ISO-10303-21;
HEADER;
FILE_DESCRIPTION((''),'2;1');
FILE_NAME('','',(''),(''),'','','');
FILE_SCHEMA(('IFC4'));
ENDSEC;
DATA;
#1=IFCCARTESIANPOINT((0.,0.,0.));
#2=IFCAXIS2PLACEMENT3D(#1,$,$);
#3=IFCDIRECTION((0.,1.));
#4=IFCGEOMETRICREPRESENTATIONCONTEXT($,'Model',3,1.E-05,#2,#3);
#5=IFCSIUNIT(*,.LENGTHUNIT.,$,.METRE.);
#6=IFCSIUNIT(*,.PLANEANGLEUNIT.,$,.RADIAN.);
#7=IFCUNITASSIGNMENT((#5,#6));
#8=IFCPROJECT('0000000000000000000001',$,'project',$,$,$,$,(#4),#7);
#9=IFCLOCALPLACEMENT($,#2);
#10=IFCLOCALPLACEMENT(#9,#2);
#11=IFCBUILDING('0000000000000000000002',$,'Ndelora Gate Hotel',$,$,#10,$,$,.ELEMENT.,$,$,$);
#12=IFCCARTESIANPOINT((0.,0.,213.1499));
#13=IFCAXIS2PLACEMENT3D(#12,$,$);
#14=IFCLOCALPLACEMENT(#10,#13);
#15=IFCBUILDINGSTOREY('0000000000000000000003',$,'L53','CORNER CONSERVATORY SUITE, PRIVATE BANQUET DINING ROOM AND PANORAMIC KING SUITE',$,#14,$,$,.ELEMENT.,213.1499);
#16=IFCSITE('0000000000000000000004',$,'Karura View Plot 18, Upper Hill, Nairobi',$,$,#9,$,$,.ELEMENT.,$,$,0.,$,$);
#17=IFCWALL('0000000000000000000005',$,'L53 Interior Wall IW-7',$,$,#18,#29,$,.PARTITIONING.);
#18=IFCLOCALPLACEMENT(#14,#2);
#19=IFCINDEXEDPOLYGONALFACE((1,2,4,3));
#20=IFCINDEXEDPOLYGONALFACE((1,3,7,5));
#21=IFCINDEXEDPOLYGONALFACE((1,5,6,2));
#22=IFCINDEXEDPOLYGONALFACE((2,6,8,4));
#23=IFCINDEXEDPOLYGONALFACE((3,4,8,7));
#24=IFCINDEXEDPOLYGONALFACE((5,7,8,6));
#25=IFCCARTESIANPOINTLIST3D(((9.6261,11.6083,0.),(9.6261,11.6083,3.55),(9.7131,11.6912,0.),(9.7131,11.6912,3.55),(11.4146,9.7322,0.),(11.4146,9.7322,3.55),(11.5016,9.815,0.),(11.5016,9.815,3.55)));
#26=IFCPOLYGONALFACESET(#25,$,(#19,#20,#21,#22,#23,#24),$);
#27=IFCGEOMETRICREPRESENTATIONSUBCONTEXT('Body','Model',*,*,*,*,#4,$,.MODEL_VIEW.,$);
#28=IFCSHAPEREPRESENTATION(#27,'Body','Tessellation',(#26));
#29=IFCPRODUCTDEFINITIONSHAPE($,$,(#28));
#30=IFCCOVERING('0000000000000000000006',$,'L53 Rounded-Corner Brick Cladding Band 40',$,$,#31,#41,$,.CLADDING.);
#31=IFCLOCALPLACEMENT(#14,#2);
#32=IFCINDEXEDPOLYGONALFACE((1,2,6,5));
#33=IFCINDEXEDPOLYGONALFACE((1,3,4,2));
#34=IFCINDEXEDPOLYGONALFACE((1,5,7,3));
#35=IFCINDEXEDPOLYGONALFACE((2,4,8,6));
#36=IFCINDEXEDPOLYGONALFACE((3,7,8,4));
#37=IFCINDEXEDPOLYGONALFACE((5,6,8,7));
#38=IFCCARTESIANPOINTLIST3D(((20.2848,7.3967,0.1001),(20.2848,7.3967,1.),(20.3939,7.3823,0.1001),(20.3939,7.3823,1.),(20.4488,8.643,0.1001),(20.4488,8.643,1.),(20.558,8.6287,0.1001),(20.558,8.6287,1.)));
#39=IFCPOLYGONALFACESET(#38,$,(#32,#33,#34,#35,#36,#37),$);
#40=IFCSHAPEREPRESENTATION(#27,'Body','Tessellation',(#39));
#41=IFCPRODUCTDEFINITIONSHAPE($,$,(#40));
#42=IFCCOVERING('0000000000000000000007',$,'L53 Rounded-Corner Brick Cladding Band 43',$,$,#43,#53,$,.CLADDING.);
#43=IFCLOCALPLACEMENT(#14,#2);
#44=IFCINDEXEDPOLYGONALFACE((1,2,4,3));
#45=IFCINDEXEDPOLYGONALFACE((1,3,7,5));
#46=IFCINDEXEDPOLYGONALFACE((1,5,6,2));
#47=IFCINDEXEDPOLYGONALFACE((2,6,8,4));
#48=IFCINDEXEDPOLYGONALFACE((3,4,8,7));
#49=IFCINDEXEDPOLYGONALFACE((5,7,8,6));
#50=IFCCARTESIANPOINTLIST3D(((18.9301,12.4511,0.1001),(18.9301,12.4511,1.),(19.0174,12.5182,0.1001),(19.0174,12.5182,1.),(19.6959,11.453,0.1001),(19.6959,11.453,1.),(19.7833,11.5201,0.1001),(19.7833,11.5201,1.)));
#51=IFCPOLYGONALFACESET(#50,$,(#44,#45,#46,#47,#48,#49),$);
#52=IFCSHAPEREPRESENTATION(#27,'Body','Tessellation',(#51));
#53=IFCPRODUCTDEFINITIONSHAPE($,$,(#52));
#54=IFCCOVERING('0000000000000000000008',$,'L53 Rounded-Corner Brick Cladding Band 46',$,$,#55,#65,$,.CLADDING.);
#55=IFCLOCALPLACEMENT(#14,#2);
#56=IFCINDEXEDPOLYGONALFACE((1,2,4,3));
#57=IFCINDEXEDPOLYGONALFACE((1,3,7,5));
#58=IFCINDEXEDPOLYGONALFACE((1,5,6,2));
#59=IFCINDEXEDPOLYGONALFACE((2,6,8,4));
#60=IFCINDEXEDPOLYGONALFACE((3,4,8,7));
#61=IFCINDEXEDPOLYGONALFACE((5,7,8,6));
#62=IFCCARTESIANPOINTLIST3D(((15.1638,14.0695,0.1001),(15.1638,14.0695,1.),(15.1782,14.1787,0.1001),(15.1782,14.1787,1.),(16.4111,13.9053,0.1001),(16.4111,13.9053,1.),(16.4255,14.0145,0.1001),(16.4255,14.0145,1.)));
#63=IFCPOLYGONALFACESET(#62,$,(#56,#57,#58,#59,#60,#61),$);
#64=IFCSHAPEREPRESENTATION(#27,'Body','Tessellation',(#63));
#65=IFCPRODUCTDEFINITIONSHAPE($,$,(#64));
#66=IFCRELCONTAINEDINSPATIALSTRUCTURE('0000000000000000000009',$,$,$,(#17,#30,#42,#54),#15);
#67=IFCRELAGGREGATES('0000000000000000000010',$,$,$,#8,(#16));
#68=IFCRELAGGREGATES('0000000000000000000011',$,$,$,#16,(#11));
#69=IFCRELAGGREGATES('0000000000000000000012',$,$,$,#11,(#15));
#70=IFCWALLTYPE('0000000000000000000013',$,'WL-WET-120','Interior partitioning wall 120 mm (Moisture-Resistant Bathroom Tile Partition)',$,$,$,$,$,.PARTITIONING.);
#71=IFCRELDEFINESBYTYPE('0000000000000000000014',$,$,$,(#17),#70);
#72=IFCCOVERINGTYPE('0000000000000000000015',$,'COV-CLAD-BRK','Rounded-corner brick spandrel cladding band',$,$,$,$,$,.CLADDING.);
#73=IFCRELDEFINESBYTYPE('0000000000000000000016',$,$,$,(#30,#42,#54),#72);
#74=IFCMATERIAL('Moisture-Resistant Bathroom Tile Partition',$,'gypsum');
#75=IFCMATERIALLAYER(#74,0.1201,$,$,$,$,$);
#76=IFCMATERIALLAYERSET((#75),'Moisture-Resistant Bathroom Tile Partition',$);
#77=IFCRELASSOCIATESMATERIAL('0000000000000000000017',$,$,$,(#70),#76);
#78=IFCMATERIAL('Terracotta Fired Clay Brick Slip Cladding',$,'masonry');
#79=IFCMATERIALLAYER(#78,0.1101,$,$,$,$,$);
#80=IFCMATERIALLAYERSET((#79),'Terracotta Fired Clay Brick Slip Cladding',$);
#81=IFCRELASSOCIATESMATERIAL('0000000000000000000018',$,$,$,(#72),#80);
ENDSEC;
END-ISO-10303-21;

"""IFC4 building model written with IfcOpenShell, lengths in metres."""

from ifc_helpers import new_model, si_unit, direction, frame, frame_2d, origin, origin_2d, place, context, subcontext, project, spatial, rectangle, extrude, material, layer, layer_set, type_object, element, save


model = new_model("IFC4")

# Units and contexts
model_context = context("Model", 3, precision=1e-05, world=origin(), true_north=direction((0.0, 1.0)))
body_context = subcontext(model_context, "Body", "Model", "MODEL_VIEW")
ifc_project = project(units=[si_unit("LENGTHUNIT", "METRE"), si_unit("PLANEANGLEUNIT", "RADIAN")], contexts=[model_context])

# Site, building, storey
site_placement = place(None, origin())
site = spatial("IfcSite", under=ifc_project, at=site_placement, Name="Karura View Plot 18, Upper Hill, Nairobi", CompositionType="ELEMENT", RefElevation=0.0)
building_placement = place(site_placement, origin())
building = spatial("IfcBuilding", under=site, at=building_placement, Name="Ndelora Gate Hotel", CompositionType="ELEMENT")
storey_placement = place(building_placement, frame((0.0, 0.0, 213.1499)))
storey = spatial("IfcBuildingStorey", under=building, at=storey_placement, Name="L53", Description="CORNER CONSERVATORY SUITE, PRIVATE BANQUET DINING ROOM AND PANORAMIC KING SUITE", CompositionType="ELEMENT", Elevation=213.1499)

# Wall
ifc_material_1 = material(Name="Moisture-Resistant Bathroom Tile Partition", Category="gypsum")
ifc_layer_1 = layer(ifc_material_1, 0.1201)
ifc_layer_set_1 = layer_set([ifc_layer_1], Name="Moisture-Resistant Bathroom Tile Partition")
wall_type_1 = type_object("IfcWallType", Name="WL-WET-120", Description="Interior partitioning wall 120 mm (Moisture-Resistant Bathroom Tile Partition)", PredefinedType="PARTITIONING", material=ifc_layer_set_1)
wall_1_placement = place(storey_placement, frame((11.458, 9.7737, 0.0), z_axis=(0.0, 0.0, 1.0), x_axis=(-0.689998, 0.723811, 0.0)))
element("IfcWall", 1, at=wall_1_placement, inside=storey, type_object=wall_type_1, Name="L53 Interior Wall IW-7", PredefinedType="PARTITIONING", context=body_context, shape_type="SweptSolid", body=[
    extrude(rectangle(XDim=2.592, YDim=0.1201, at=frame_2d((1.2959, 0.0))), origin(), (0.0, 0.0, 1.0), 3.55),
])

# Coverings
ifc_material_2 = material(Name="Terracotta Fired Clay Brick Slip Cladding", Category="masonry")
ifc_layer_2 = layer(ifc_material_2, 0.1101)
ifc_layer_set_2 = layer_set([ifc_layer_2], Name="Terracotta Fired Clay Brick Slip Cladding")
covering_type = type_object("IfcCoveringType", Name="COV-CLAD-BRK", Description="Rounded-corner brick spandrel cladding band", PredefinedType="CLADDING", material=ifc_layer_set_2)
covering_placement = place(storey_placement, frame((20.4214, 8.0127, 0.1001), z_axis=(0.0, 0.0, 1.0), x_axis=(0.130526, 0.991445, 0.0)))
element("IfcCovering", 2, at=covering_placement, inside=storey, type_object=covering_type, Name="L53 Rounded-Corner Brick Cladding Band 40", PredefinedType="CLADDING", context=body_context, shape_type="SweptSolid", body=[
    extrude(rectangle(XDim=1.2571, YDim=0.1101, at=origin_2d()), origin(), (0.0, 0.0, 1.0), 0.8999),
])
for number, where, z_axis, x_axis, name in (
    (3, (19.3567, 11.9856, 0.1001), (0.0, 0.0, 1.0), (-0.608761, 0.793353, 0.0), "L53 Rounded-Corner Brick Cladding Band 43"),
    (4, (15.7947, 14.042, 0.1001), (0.0, 0.0, 1.0), (-0.991445, 0.130526, 0.0), "L53 Rounded-Corner Brick Cladding Band 46"),
):
    element("IfcCovering", number, at=place(storey_placement, frame(where, z_axis=z_axis, x_axis=x_axis)), inside=storey, type_object=covering_type, Name=name, PredefinedType="CLADDING", context=body_context, shape_type="SweptSolid", body=[
        extrude(rectangle(XDim=1.2581, YDim=0.1101, at=origin_2d()), origin(), (0.0, 0.0, 1.0), 0.8999),
    ])

save(model, "model.ifc")
